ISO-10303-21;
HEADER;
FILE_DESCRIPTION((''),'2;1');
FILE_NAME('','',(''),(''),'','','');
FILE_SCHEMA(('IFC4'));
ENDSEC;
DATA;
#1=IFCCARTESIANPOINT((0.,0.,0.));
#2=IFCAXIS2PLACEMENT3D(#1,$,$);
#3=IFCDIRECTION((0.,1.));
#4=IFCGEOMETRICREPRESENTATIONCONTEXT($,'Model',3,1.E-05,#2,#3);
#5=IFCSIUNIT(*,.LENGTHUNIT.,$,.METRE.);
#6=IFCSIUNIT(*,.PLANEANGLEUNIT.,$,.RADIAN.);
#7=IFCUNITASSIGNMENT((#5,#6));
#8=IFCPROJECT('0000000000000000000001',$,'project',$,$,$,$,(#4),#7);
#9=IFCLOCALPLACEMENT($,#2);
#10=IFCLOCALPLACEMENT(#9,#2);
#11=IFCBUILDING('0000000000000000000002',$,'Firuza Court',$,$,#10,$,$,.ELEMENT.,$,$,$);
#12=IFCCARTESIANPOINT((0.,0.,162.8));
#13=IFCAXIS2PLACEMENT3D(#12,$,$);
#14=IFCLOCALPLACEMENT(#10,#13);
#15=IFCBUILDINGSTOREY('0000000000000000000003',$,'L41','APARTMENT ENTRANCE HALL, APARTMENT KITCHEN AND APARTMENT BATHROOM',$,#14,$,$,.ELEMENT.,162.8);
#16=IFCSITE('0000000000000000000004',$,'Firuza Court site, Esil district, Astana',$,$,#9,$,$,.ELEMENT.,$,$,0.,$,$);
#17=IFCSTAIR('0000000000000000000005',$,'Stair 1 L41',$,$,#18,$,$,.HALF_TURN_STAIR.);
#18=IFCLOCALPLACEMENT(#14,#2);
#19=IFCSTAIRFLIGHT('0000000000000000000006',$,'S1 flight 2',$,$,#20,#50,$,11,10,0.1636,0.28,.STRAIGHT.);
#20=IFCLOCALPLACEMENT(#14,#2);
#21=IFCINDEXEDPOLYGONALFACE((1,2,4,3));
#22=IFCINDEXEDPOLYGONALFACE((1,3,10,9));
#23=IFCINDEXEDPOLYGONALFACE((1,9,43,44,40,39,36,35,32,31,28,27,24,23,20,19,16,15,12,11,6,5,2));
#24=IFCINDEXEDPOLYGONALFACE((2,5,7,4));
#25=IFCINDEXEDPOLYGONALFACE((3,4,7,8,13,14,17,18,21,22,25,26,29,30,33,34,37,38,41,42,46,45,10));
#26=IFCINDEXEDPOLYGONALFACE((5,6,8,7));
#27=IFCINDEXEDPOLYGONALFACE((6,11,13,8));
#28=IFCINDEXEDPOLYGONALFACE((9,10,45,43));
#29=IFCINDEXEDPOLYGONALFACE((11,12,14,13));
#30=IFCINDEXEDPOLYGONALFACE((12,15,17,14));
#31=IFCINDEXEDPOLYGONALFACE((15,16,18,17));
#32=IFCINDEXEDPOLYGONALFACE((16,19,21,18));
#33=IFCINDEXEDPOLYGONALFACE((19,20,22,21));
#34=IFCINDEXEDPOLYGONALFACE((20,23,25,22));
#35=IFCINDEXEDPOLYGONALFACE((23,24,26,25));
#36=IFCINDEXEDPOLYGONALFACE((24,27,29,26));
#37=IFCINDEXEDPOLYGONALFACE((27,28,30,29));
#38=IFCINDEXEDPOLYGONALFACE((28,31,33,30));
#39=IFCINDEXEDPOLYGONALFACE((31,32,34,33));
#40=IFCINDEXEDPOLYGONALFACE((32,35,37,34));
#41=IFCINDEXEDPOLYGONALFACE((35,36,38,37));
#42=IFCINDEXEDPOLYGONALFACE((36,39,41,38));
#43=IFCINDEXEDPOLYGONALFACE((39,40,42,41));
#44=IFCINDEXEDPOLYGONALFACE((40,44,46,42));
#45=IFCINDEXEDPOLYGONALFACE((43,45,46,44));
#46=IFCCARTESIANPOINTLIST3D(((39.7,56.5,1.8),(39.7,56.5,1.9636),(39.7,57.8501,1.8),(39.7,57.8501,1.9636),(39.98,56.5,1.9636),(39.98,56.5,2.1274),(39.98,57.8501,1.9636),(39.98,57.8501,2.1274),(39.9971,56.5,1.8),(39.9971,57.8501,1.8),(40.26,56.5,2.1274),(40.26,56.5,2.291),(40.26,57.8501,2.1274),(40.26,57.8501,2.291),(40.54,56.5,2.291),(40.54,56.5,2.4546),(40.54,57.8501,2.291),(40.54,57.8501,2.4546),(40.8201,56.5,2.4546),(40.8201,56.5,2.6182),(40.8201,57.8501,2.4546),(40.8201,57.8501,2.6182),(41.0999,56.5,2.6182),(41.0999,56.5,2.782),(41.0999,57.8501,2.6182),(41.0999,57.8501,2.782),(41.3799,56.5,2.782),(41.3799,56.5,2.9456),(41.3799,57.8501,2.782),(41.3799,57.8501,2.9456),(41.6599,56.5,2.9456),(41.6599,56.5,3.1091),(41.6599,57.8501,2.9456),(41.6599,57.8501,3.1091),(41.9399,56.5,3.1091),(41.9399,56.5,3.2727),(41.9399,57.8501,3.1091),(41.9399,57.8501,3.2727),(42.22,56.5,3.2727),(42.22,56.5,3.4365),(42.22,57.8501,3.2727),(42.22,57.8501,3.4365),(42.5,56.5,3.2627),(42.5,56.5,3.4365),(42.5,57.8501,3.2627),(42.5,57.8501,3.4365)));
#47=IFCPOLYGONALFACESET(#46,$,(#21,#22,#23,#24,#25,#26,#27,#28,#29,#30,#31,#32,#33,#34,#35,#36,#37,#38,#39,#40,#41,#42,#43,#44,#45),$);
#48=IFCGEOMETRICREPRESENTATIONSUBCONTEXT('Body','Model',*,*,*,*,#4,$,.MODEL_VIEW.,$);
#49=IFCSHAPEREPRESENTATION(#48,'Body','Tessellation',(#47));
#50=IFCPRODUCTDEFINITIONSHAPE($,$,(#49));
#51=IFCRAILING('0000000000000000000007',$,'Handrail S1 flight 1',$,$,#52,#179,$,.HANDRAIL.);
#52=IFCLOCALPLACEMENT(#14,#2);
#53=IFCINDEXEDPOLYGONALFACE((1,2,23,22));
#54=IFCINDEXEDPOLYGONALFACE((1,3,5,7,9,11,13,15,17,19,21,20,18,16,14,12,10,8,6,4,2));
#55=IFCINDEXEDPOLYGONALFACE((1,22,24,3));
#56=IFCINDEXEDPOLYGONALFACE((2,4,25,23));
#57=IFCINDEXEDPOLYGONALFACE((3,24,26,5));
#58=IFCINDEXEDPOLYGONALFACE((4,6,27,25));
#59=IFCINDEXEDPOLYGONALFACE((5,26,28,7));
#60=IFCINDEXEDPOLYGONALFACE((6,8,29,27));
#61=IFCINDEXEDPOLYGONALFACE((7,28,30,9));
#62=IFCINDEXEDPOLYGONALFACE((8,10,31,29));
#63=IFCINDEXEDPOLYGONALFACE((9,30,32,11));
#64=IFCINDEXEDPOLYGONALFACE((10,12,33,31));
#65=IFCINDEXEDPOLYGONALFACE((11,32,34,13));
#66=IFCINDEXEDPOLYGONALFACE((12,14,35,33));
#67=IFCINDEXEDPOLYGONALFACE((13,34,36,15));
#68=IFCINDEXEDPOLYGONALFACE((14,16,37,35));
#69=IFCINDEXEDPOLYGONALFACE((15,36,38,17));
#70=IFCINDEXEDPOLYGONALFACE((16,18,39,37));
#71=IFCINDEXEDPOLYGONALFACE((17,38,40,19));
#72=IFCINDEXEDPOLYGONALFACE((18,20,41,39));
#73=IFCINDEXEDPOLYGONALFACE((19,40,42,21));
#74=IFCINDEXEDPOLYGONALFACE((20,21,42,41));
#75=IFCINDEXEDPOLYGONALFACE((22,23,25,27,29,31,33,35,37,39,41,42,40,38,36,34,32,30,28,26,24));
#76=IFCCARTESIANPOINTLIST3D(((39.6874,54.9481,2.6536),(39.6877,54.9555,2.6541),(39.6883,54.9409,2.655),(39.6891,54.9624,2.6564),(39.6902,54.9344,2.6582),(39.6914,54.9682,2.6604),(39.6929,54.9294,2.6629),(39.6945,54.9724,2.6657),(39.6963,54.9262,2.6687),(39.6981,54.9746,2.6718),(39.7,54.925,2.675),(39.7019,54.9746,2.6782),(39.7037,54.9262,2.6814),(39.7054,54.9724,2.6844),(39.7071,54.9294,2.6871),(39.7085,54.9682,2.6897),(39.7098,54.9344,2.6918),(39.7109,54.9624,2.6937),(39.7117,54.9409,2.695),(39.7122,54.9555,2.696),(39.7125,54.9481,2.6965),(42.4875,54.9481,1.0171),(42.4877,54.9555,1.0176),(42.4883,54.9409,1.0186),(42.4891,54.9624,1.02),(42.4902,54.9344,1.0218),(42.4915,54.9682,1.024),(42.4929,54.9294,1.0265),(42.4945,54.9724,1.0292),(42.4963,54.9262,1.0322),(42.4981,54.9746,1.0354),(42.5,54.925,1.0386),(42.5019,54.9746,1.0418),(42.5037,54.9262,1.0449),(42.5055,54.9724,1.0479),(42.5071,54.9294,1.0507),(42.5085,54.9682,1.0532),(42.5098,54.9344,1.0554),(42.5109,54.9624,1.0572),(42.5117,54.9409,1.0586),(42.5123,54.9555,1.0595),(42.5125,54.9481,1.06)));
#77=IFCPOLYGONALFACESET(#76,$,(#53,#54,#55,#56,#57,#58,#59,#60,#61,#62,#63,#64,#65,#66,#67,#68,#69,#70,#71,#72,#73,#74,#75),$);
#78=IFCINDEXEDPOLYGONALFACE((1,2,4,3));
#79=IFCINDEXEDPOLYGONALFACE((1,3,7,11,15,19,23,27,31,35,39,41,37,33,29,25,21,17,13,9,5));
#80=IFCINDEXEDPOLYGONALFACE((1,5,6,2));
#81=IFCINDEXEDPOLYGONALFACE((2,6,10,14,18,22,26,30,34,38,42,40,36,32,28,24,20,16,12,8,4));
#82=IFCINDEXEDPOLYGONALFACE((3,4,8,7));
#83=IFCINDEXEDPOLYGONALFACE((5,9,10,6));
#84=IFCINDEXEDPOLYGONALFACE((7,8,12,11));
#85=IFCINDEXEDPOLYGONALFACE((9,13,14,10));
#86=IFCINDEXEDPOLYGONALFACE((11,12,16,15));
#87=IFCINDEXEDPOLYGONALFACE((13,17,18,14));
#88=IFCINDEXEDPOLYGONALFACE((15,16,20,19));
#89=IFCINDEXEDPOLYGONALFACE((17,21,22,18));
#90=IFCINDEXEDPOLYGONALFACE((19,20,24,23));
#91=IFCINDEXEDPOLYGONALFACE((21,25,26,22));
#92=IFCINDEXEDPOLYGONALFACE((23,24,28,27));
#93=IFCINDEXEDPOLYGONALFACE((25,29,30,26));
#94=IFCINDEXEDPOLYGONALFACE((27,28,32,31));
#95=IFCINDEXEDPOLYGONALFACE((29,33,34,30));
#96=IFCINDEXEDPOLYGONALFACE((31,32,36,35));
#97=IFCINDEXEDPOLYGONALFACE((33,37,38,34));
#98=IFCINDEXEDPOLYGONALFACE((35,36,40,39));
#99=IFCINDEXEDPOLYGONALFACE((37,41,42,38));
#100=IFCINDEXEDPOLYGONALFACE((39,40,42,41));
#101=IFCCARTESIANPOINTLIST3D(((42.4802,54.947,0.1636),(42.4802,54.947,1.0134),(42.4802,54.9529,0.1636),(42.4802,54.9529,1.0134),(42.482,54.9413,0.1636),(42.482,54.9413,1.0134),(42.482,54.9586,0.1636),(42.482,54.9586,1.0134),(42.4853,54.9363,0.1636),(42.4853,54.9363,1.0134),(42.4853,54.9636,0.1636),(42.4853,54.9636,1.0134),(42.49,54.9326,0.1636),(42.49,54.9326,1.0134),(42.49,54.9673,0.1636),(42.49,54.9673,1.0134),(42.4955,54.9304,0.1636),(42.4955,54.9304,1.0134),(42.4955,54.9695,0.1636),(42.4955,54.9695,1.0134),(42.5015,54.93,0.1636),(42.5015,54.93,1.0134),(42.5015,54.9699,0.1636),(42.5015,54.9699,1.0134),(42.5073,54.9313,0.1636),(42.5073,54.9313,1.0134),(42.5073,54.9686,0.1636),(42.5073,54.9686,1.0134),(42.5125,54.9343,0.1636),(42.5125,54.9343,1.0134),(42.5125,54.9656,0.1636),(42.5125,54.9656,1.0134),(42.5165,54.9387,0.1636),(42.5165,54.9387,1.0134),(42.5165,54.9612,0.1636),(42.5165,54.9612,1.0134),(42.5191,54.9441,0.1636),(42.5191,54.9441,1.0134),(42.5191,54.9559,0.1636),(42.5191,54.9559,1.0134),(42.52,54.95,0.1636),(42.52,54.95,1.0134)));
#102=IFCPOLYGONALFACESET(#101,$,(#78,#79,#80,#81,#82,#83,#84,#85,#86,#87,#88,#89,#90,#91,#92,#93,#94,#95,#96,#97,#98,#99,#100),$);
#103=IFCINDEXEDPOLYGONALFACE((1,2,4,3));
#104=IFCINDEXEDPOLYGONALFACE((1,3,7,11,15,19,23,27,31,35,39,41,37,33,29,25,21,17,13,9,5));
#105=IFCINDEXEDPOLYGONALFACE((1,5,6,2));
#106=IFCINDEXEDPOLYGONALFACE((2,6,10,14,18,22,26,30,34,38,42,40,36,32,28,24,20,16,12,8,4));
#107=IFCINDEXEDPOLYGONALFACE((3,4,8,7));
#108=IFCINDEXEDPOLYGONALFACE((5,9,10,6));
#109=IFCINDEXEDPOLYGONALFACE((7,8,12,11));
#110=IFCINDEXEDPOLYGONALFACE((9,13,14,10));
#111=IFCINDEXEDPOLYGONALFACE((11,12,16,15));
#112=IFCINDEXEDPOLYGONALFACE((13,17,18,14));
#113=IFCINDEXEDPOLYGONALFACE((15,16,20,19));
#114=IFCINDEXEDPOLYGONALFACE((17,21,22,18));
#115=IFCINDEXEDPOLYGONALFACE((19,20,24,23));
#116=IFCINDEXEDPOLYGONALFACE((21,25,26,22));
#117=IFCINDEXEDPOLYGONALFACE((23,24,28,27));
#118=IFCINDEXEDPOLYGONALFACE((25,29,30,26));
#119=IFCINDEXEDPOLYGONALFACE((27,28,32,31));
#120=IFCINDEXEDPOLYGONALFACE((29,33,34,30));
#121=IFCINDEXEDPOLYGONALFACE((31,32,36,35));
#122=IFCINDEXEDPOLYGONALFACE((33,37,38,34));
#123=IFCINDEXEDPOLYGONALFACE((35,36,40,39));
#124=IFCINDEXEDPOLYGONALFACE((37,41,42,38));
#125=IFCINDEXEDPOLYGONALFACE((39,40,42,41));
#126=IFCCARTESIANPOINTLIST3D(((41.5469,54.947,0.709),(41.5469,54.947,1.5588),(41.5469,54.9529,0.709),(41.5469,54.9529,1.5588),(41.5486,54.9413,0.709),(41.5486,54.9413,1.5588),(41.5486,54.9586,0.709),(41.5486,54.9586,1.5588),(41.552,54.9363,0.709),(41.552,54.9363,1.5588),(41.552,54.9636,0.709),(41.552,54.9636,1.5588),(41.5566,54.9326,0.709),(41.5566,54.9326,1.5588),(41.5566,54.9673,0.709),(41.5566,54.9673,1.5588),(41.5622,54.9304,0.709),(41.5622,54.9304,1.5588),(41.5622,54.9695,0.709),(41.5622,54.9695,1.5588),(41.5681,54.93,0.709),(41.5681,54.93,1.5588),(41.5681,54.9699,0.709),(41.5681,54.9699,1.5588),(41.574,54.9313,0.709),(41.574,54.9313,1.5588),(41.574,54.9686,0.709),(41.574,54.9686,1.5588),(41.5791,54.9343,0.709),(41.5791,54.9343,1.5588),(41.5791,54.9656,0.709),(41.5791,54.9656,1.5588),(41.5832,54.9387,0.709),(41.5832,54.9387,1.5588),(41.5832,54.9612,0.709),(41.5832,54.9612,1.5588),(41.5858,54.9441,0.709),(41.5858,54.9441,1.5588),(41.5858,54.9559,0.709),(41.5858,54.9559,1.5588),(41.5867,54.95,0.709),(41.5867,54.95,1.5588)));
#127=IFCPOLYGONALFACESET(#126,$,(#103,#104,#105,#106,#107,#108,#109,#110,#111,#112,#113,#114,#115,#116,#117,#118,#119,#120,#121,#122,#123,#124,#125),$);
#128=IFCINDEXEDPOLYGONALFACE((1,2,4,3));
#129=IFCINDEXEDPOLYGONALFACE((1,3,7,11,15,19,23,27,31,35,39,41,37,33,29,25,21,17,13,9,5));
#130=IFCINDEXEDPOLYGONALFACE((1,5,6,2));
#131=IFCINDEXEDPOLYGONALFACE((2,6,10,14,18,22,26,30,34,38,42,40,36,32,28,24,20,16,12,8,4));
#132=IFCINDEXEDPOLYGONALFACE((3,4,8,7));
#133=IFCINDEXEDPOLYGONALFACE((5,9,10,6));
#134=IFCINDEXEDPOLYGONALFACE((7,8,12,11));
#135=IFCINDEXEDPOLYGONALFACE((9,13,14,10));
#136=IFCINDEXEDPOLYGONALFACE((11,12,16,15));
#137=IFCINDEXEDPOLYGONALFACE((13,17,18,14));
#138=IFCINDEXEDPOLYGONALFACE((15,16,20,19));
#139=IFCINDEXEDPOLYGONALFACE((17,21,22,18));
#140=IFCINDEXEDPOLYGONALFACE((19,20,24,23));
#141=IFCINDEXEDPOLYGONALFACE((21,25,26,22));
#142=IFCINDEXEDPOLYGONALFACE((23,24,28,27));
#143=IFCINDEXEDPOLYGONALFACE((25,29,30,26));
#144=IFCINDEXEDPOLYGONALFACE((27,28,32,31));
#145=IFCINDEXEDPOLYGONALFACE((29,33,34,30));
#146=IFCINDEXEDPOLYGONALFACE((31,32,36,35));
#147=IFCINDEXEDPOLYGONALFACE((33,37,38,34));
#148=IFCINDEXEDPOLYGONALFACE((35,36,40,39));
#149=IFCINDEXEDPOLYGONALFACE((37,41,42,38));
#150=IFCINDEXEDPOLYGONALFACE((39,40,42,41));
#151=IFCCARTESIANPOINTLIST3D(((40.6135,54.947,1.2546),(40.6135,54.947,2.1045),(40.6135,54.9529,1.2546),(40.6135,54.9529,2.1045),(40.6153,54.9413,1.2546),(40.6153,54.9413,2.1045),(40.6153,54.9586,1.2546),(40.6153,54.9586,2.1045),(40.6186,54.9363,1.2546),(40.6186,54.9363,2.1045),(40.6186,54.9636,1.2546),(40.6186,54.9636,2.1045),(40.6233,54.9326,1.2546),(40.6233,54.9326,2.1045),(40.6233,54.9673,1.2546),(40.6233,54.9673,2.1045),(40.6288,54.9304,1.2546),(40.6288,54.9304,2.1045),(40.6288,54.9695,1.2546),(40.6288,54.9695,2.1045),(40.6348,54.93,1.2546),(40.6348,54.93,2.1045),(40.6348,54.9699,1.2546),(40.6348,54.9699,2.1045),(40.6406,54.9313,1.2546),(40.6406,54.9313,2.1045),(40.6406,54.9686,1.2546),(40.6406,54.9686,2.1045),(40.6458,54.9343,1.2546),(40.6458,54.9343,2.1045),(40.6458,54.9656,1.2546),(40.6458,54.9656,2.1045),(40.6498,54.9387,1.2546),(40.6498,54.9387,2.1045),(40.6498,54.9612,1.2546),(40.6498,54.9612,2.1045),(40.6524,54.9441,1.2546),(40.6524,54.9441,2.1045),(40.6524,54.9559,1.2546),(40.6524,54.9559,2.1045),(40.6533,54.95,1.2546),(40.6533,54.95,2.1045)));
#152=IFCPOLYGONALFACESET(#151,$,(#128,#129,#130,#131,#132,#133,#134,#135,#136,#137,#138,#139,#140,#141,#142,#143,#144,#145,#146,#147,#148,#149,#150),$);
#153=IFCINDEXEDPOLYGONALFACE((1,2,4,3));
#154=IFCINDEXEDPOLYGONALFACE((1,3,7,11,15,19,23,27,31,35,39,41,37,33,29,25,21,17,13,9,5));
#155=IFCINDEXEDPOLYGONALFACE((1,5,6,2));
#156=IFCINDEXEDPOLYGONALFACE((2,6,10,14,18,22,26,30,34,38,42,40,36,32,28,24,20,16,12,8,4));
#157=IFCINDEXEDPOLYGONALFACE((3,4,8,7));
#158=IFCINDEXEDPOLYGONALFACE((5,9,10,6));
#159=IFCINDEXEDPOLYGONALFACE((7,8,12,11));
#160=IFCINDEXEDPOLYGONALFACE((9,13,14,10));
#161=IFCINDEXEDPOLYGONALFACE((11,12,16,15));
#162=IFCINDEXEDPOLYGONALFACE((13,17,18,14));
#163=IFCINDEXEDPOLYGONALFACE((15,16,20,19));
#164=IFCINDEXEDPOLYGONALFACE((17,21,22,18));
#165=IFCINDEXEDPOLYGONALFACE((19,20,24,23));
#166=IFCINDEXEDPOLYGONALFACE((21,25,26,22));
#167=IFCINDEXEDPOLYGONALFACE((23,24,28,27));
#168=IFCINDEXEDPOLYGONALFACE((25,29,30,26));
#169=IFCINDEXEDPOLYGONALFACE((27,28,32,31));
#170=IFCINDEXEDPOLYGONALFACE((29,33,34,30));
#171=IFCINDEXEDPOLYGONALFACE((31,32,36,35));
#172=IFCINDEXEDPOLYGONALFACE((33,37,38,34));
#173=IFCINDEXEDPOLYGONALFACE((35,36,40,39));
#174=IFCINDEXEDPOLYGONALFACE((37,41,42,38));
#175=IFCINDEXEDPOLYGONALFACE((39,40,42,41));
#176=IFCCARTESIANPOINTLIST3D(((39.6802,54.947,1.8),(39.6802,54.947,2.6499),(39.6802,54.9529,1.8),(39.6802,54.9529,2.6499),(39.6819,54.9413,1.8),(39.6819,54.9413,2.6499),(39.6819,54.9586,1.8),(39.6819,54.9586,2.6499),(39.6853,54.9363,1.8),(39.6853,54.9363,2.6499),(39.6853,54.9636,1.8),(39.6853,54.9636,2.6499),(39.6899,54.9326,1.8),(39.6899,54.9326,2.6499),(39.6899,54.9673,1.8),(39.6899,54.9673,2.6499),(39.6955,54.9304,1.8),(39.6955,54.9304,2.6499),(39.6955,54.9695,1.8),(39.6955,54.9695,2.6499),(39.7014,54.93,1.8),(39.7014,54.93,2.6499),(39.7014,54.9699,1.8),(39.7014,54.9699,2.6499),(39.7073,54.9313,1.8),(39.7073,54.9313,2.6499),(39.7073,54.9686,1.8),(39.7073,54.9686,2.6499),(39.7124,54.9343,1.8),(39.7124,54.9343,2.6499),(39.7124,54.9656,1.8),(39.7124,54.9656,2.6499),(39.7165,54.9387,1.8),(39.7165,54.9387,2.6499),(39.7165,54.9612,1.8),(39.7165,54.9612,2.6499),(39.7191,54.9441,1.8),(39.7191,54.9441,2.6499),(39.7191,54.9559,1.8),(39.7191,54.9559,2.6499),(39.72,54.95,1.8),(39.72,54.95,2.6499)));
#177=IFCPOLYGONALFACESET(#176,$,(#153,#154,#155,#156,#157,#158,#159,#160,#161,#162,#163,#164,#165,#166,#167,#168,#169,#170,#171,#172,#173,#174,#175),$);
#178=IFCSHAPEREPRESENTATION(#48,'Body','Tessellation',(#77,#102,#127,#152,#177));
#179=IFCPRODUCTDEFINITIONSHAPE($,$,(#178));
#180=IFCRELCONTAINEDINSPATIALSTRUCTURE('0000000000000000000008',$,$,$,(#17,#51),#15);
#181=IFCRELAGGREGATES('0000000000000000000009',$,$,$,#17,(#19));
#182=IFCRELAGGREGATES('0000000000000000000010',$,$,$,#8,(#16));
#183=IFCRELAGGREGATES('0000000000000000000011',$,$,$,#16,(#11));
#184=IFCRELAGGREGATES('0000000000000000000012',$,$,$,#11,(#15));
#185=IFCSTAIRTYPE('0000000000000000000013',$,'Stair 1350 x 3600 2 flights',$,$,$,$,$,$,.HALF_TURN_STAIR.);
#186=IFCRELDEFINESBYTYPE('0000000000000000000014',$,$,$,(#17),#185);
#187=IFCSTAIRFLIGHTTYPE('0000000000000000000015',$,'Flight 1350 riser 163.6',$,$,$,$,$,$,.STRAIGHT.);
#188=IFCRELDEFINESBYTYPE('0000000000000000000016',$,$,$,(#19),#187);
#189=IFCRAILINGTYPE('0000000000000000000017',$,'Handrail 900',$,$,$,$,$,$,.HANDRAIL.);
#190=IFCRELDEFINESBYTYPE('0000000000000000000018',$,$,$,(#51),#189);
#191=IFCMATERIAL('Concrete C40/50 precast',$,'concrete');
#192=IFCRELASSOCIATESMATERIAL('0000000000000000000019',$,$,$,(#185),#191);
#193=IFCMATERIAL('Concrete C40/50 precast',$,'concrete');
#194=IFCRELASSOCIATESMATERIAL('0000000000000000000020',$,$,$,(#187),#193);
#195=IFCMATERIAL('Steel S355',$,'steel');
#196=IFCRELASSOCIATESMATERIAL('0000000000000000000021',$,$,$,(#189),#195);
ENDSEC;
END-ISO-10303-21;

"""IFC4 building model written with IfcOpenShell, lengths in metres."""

from ifc_helpers import new_model, si_unit, direction, frame, origin, origin_2d, place, context, subcontext, project, spatial, polyline, circle, outline, extrude, material, type_object, element, aggregate, save


model = new_model("IFC4")

# Units and contexts
model_context = context("Model", 3, precision=1e-05, world=origin(), true_north=direction((0.0, 1.0)))
body_context = subcontext(model_context, "Body", "Model", "MODEL_VIEW")
ifc_project = project(units=[si_unit("LENGTHUNIT", "METRE"), si_unit("PLANEANGLEUNIT", "RADIAN")], contexts=[model_context])

# Site, building, storey
site_placement = place(None, origin())
site = spatial("IfcSite", under=ifc_project, at=site_placement, Name="Firuza Court site, Esil district, Astana", CompositionType="ELEMENT", RefElevation=0.0)
building_placement = place(site_placement, origin())
building = spatial("IfcBuilding", under=site, at=building_placement, Name="Firuza Court", CompositionType="ELEMENT")
storey_placement = place(building_placement, frame((0.0, 0.0, 162.8)))
storey = spatial("IfcBuildingStorey", under=building, at=storey_placement, Name="L41", Description="APARTMENT ENTRANCE HALL, APARTMENT KITCHEN AND APARTMENT BATHROOM", CompositionType="ELEMENT", Elevation=162.8)

# Stair, stair flight
ifc_material_1 = material(Name="Concrete C40/50 precast", Category="concrete")
stair_type = type_object("IfcStairType", Name="Stair 1350 x 3600 2 flights", PredefinedType="HALF_TURN_STAIR", material=ifc_material_1)
stair_placement = place(storey_placement, origin())
stair = element("IfcStair", 1, at=stair_placement, inside=storey, type_object=stair_type, Name="Stair 1 L41", PredefinedType="HALF_TURN_STAIR")
ifc_material_2 = material(Name="Concrete C40/50 precast", Category="concrete")
stair_flight_type = type_object("IfcStairFlightType", Name="Flight 1350 riser 163.6", PredefinedType="STRAIGHT", material=ifc_material_2)
stair_flight_1_placement = place(storey_placement, frame((39.7, 57.175, 1.8), z_axis=(0.0, 0.0, 1.0), x_axis=(1.0, 0.0, 0.0)))
stair_flight_1 = element("IfcStairFlight", 2, at=stair_flight_1_placement, type_object=stair_flight_type, Name="S1 flight 2", NumberOfRisers=11, NumberOfTreads=10, PredefinedType="STRAIGHT", RiserHeight=0.1636, TreadLength=0.28, context=body_context, shape_type="SweptSolid", body=[
    extrude(outline(polyline([(0.0, 0.0), (0.0, 0.1636), (0.28, 0.1636), (0.28, 0.3274), (0.5601, 0.3274), (0.5601, 0.491), (0.8401, 0.491), (0.8401, 0.6545), (1.1201, 0.6545), (1.1201, 0.8181), (1.3999, 0.8181), (1.3999, 0.9819), (1.6799, 0.9819), (1.6799, 1.1455), (1.96, 1.1455), (1.96, 1.3091), (2.24, 1.3091), (2.24, 1.4727), (2.52, 1.4727), (2.52, 1.6365), (2.8, 1.6365), (2.8, 1.8), (2.8, 1.4626), (0.2971, 0.0), (0.0, 0.0)])), frame((0.0, 0.675, 0.0), z_axis=(0.0, -1.0, 0.0), x_axis=(1.0, 0.0, 0.0)), (0.0, 0.0, 1.0), 1.3501),
])
aggregate(stair, [stair_flight_1])

# Railing
ifc_material_3 = material(Name="Steel S355", Category="steel")
railing_type = type_object("IfcRailingType", Name="Handrail 900", PredefinedType="HANDRAIL", material=ifc_material_3)
railing_1_placement = place(storey_placement, frame((42.5, 54.95, 0.1636)))
element("IfcRailing", 3, at=railing_1_placement, inside=storey, type_object=railing_type, Name="Handrail S1 flight 1", PredefinedType="HANDRAIL", context=body_context, shape_type="SweptSolid", body=[
    extrude(circle(Radius=0.0249, at=origin_2d()), frame((0.0, 0.0, 0.875), z_axis=(-0.863361, 0.0, 0.504587), x_axis=(0.0, -1.0, 0.0)), (0.0, 0.0, 1.0), 3.2432),
    extrude(circle(Radius=0.02, at=origin_2d()), origin(), (0.0, 0.0, 1.0), 0.8499),
    extrude(circle(Radius=0.02, at=origin_2d()), frame((-0.9333, 0.0, 0.5454)), (0.0, 0.0, 1.0), 0.8499),
    extrude(circle(Radius=0.02, at=origin_2d()), frame((-1.8667, 0.0, 1.0911)), (0.0, 0.0, 1.0), 0.8499),
    extrude(circle(Radius=0.02, at=origin_2d()), frame((-2.8, 0.0, 1.6365)), (0.0, 0.0, 1.0), 0.8499),
])

save(model, "model.ifc")
